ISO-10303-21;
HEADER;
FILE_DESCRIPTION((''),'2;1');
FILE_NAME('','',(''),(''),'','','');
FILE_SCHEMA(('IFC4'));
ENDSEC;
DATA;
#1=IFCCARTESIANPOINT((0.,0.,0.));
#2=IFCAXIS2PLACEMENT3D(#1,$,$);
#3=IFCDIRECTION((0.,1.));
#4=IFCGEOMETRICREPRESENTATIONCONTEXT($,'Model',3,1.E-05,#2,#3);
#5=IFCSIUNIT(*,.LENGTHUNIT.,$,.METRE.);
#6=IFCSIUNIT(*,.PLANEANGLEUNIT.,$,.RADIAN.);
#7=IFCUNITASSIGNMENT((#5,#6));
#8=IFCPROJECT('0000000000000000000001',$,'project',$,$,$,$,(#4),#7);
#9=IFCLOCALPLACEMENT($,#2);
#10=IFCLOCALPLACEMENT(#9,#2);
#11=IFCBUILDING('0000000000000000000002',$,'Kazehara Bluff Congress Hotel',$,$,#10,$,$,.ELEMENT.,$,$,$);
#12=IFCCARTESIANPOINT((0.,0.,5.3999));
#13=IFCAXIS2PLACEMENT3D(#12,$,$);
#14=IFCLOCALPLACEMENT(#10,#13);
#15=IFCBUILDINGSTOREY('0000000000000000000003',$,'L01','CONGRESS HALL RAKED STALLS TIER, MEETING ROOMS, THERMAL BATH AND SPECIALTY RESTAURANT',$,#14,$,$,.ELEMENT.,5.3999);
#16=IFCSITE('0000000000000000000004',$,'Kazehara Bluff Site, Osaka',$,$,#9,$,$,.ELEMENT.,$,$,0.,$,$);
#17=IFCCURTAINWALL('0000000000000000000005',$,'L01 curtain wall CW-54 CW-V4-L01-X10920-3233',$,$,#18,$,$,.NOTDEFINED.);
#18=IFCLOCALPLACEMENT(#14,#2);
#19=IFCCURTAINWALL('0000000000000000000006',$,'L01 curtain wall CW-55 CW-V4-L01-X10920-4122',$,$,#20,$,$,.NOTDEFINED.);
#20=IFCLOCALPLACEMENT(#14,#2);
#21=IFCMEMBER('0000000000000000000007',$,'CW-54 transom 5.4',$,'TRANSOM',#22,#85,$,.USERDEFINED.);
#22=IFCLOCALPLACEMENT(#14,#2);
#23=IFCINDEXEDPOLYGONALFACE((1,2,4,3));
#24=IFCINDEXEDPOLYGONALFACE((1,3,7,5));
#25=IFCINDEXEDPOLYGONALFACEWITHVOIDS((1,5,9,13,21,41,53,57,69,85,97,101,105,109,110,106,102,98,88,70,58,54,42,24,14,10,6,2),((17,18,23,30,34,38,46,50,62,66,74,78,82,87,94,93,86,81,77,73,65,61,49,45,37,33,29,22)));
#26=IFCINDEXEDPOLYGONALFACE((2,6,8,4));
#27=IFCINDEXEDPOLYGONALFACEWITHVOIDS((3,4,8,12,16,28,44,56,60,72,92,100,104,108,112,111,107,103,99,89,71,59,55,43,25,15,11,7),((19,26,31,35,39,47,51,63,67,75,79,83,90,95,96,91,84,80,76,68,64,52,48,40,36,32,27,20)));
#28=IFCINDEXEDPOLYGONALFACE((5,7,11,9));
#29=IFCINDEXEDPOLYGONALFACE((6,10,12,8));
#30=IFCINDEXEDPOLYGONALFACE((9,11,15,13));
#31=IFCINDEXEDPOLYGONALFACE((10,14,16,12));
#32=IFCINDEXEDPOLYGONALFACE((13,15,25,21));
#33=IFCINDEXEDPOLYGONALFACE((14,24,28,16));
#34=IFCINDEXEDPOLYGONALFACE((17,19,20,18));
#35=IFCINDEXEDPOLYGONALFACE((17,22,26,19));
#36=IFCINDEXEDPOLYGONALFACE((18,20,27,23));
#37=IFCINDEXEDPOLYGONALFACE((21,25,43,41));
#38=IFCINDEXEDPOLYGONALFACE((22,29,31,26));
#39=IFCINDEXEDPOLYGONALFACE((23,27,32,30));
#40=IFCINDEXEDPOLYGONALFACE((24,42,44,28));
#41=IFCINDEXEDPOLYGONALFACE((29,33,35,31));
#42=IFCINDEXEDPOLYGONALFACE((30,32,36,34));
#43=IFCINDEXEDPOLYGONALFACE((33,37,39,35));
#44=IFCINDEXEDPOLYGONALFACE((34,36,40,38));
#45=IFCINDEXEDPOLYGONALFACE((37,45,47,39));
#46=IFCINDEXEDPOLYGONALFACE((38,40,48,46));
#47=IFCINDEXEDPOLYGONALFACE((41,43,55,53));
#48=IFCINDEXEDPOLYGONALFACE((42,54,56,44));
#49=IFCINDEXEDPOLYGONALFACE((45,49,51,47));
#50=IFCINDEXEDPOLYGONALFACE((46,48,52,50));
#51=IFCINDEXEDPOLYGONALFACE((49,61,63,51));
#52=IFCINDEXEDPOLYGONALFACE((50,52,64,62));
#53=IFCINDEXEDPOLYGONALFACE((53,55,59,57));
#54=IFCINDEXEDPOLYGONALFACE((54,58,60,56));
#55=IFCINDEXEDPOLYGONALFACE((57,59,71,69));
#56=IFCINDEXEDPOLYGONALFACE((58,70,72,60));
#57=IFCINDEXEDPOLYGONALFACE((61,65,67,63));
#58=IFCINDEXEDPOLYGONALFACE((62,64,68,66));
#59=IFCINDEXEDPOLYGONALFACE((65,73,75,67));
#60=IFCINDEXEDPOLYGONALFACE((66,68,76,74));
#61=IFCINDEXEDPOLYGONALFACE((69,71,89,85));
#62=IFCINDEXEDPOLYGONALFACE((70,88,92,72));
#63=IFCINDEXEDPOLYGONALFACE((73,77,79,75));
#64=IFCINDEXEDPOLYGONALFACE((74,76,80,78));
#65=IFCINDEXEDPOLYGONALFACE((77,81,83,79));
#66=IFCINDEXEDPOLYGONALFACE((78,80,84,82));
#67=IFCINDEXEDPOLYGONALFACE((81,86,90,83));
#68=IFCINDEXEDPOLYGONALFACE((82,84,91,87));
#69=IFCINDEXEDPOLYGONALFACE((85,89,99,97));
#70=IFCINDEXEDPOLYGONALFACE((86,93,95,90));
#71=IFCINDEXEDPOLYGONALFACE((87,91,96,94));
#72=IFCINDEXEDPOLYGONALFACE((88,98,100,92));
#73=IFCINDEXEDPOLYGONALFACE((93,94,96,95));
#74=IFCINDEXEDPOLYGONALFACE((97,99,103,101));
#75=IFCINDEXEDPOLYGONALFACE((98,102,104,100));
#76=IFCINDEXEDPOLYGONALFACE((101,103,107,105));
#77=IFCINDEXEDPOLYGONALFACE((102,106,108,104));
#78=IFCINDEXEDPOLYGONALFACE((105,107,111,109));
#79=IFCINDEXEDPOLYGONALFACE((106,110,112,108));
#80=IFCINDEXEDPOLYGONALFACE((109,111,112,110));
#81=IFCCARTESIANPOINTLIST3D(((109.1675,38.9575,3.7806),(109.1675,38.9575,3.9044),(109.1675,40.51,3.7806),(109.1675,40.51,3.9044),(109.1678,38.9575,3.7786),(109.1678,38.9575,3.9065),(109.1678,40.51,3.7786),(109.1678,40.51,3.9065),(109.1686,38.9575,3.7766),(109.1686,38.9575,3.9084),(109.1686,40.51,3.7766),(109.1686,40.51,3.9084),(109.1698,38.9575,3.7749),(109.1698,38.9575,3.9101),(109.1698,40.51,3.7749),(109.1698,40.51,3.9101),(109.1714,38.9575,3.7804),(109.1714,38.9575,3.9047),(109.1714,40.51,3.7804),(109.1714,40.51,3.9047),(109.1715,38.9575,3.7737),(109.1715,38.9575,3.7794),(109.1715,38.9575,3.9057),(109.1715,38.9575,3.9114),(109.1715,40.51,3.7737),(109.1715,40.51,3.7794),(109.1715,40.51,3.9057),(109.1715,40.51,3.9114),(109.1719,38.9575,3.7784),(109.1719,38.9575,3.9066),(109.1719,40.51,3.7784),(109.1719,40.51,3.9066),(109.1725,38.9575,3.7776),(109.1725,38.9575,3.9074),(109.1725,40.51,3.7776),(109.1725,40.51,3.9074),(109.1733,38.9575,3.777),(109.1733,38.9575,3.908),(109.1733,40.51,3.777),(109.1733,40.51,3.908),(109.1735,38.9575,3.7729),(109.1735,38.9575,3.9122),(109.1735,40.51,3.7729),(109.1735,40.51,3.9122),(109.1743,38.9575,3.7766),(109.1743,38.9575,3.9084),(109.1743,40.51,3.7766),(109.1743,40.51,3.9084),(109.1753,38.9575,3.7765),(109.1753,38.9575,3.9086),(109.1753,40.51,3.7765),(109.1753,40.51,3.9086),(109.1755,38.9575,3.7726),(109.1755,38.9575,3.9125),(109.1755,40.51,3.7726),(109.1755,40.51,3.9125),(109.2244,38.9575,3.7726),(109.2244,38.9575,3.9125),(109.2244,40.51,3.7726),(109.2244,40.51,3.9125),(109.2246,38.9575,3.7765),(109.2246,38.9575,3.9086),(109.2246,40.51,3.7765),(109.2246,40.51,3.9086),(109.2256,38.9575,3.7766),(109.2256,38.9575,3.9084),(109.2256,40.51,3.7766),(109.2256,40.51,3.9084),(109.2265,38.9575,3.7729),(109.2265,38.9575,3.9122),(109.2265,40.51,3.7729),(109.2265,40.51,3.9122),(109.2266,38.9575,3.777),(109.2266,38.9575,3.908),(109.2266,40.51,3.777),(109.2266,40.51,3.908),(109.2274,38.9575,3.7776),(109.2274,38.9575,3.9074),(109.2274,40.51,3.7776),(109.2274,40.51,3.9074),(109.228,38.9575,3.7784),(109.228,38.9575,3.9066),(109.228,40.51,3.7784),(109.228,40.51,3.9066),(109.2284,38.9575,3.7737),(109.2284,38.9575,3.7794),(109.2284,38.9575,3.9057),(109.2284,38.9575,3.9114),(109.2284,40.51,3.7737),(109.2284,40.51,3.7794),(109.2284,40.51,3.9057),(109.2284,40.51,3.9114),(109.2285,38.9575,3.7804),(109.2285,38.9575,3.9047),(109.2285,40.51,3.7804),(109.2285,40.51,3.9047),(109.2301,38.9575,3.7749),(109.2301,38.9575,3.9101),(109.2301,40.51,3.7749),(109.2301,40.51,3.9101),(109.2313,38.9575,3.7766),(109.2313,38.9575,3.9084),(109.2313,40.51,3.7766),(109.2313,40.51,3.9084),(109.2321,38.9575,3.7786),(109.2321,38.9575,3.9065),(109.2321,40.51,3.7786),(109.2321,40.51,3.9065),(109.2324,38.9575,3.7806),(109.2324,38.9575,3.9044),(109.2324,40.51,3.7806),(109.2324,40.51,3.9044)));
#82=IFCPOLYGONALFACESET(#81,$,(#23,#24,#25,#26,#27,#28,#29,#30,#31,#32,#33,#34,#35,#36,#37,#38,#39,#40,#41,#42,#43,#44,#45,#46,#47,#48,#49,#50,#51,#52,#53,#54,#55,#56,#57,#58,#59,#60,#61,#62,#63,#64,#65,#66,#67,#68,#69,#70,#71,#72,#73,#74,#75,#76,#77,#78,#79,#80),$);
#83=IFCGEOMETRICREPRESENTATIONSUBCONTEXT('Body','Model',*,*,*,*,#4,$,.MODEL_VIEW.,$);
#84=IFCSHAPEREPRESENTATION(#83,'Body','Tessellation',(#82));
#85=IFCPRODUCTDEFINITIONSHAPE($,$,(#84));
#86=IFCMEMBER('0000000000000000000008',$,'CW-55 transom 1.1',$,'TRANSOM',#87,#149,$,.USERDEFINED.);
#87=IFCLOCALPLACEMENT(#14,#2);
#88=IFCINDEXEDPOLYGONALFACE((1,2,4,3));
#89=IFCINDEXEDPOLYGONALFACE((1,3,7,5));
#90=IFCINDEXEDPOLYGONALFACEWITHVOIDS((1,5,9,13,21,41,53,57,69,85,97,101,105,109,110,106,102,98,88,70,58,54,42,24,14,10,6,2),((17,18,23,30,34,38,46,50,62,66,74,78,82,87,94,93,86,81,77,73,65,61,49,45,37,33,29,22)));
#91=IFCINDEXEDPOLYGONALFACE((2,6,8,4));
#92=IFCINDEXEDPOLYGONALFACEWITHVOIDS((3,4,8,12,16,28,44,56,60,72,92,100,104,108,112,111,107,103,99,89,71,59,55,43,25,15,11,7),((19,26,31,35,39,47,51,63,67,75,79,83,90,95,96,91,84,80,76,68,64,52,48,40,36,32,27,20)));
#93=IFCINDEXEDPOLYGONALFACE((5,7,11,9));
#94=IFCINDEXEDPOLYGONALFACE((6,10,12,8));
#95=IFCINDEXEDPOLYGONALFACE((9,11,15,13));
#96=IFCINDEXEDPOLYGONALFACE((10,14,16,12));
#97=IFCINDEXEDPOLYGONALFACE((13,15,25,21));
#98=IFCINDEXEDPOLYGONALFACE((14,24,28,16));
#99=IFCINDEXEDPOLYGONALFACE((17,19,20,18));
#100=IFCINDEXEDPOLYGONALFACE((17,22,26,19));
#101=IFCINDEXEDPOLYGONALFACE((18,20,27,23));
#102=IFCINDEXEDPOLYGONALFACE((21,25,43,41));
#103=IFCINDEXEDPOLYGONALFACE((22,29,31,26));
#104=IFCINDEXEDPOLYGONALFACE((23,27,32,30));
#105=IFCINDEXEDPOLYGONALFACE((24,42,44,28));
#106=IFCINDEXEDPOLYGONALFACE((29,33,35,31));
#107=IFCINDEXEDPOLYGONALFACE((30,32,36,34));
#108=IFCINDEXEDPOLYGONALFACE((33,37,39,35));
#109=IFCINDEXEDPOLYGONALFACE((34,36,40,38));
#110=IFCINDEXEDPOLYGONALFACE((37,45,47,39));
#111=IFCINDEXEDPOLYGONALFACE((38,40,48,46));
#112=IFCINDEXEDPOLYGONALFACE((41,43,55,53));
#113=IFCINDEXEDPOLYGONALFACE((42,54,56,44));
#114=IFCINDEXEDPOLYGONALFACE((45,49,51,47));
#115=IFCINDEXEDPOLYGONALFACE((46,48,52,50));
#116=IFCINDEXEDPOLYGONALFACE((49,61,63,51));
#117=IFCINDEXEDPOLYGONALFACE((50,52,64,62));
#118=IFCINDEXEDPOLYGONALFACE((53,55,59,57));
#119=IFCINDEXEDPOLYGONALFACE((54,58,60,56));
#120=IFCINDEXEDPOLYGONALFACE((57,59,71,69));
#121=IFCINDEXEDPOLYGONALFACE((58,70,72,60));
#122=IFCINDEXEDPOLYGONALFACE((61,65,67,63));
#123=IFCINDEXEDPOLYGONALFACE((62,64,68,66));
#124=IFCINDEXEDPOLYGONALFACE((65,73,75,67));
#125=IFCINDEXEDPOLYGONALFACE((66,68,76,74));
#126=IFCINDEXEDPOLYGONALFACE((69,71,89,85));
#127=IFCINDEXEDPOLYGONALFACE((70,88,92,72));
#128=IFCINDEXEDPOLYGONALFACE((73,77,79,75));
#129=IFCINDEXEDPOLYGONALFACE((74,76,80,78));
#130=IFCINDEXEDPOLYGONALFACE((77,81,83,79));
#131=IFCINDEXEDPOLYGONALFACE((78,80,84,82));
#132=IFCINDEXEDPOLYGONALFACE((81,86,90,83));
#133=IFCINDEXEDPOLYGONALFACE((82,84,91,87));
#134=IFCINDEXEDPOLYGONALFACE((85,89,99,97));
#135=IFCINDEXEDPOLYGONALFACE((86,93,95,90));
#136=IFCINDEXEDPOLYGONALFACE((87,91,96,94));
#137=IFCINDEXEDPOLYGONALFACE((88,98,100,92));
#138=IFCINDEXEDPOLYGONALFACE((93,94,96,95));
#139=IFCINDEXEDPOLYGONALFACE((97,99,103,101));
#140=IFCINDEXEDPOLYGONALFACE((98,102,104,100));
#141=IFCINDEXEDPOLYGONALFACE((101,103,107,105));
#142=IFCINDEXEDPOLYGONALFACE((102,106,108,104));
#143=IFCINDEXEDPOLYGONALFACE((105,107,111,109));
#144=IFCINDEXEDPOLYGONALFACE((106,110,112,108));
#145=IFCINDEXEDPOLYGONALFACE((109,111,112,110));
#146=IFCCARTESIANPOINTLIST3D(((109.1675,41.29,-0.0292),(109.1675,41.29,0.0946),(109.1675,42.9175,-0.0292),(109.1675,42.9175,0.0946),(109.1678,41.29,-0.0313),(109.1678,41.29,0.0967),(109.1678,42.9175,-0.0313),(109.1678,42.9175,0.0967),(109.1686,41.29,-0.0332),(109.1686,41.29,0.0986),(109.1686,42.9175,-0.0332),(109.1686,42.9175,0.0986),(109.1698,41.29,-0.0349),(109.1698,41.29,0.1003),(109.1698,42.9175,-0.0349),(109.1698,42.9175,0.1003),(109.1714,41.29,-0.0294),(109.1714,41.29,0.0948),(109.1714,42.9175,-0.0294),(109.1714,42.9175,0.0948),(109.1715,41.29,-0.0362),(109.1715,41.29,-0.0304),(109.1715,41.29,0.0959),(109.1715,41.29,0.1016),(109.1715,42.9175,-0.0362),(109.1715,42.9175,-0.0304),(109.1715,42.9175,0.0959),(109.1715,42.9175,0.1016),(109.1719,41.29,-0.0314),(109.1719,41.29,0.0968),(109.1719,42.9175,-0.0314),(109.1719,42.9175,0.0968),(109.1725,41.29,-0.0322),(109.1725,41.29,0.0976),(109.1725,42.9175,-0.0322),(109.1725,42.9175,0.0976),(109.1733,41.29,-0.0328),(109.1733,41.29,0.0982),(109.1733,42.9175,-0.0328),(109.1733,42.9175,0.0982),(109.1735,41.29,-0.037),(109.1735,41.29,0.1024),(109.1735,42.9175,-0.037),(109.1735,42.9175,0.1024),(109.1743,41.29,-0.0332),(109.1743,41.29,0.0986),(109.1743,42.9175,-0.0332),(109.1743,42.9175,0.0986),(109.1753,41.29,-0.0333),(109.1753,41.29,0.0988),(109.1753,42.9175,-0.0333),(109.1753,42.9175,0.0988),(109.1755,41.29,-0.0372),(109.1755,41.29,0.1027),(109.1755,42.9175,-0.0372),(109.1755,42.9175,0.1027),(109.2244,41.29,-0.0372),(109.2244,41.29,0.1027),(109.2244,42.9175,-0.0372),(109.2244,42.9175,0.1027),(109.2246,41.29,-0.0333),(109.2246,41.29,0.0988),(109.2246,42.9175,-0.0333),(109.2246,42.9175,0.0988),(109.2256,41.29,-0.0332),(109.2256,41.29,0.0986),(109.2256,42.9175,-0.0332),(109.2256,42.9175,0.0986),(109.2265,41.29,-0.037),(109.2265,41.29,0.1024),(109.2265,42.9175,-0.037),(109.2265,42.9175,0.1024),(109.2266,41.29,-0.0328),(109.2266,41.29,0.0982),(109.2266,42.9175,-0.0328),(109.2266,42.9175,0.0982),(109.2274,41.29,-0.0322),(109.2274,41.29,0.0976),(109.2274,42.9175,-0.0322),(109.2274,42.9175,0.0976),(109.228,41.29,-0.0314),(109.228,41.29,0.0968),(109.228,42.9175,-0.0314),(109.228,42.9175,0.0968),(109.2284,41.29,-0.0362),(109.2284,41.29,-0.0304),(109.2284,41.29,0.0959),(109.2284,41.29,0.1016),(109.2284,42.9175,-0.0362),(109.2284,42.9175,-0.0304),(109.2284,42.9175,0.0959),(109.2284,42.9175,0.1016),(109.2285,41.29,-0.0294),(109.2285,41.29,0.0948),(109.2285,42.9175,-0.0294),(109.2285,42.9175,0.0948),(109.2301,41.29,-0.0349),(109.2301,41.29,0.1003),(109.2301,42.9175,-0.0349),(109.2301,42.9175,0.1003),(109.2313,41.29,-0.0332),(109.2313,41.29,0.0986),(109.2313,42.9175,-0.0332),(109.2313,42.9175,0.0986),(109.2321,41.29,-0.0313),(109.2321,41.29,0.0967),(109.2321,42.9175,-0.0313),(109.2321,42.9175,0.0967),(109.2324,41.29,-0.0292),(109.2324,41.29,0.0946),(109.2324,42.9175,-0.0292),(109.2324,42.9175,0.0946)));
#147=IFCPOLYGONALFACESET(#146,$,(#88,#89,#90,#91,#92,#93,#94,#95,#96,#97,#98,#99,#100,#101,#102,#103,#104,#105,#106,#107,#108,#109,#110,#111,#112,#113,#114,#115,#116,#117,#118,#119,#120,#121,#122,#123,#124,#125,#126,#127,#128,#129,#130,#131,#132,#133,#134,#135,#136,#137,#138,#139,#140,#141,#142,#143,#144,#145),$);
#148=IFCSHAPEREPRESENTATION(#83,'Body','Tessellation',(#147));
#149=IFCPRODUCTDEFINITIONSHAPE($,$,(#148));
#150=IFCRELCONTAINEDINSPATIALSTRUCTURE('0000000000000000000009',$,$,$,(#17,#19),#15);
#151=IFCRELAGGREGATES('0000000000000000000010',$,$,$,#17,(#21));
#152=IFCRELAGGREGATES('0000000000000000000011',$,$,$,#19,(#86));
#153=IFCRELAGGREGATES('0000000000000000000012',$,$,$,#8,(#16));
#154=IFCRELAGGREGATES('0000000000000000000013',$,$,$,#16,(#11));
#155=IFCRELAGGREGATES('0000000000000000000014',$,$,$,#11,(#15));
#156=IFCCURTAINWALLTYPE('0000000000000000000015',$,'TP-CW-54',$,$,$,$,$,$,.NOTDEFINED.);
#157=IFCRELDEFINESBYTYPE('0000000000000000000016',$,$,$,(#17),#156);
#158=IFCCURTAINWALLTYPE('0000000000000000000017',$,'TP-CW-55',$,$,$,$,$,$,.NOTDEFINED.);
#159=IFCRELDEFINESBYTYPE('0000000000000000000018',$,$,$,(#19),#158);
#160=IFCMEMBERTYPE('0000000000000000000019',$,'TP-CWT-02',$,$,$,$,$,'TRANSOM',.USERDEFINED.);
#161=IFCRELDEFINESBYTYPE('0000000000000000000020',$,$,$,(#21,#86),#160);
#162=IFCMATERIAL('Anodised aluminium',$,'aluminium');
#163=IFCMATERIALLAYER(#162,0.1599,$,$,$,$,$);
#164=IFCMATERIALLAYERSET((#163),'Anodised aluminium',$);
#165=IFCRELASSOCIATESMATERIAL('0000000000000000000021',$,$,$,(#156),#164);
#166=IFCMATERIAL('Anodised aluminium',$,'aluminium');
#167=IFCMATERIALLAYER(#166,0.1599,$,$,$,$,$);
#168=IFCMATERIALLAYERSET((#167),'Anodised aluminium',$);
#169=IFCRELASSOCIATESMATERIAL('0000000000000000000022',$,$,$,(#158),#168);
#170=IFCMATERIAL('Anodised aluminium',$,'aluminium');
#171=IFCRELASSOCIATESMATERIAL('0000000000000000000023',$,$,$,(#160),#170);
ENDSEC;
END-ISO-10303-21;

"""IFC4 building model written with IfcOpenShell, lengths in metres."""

from ifc_helpers import new_model, si_unit, direction, frame, origin, origin_2d, place, context, subcontext, project, spatial, hollow_rectangle, extrude, material, layer, layer_set, material_profile, profile_set, type_object, element, aggregate, save


model = new_model("IFC4")

# Units and contexts
model_context = context("Model", 3, precision=1e-05, world=origin(), true_north=direction((0.0, 1.0)))
body_context = subcontext(model_context, "Body", "Model", "MODEL_VIEW")
ifc_project = project(units=[si_unit("LENGTHUNIT", "METRE"), si_unit("PLANEANGLEUNIT", "RADIAN")], contexts=[model_context])

# Site, building, storey
site_placement = place(None, origin())
site = spatial("IfcSite", under=ifc_project, at=site_placement, Name="Kazehara Bluff Site, Osaka", CompositionType="ELEMENT", RefElevation=0.0)
building_placement = place(site_placement, origin())
building = spatial("IfcBuilding", under=site, at=building_placement, Name="Kazehara Bluff Congress Hotel", CompositionType="ELEMENT")
storey_placement = place(building_placement, frame((0.0, 0.0, 5.3999)))
storey = spatial("IfcBuildingStorey", under=building, at=storey_placement, Name="L01", Description="CONGRESS HALL RAKED STALLS TIER, MEETING ROOMS, THERMAL BATH AND SPECIALTY RESTAURANT", CompositionType="ELEMENT", Elevation=5.3999)

# Curtain walls
ifc_material_1 = material(Name="Anodised aluminium", Category="aluminium")
ifc_layer_1 = layer(ifc_material_1, 0.1599)
ifc_layer_set_1 = layer_set([ifc_layer_1], Name="Anodised aluminium")
curtain_wall_type_1 = type_object("IfcCurtainWallType", Name="TP-CW-54", PredefinedType="NOTDEFINED", material=ifc_layer_set_1)
curtain_wall_1_placement = place(storey_placement, origin())
curtain_wall_1 = element("IfcCurtainWall", 1, at=curtain_wall_1_placement, inside=storey, type_object=curtain_wall_type_1, Name="L01 curtain wall CW-54 CW-V4-L01-X10920-3233", PredefinedType="NOTDEFINED")
ifc_material_2 = material(Name="Anodised aluminium", Category="aluminium")
ifc_layer_2 = layer(ifc_material_2, 0.1599)
ifc_layer_set_2 = layer_set([ifc_layer_2], Name="Anodised aluminium")
curtain_wall_type_2 = type_object("IfcCurtainWallType", Name="TP-CW-55", PredefinedType="NOTDEFINED", material=ifc_layer_set_2)
curtain_wall_2_placement = place(storey_placement, origin())
curtain_wall_2 = element("IfcCurtainWall", 2, at=curtain_wall_2_placement, inside=storey, type_object=curtain_wall_type_2, Name="L01 curtain wall CW-55 CW-V4-L01-X10920-4122", PredefinedType="NOTDEFINED")

# Members
ifc_material_3 = material(Name="Anodised aluminium", Category="aluminium")
ifc_material_profile_1 = material_profile(ifc_material_3, hollow_rectangle(XDim=0.0649, YDim=0.1399, WallThickness=0.0039, InnerFilletRadius=0.0039, OuterFilletRadius=0.0081, at=origin_2d()))
ifc_profile_set_1 = profile_set([ifc_material_profile_1], Name="Anodised aluminium")
member_type_1 = type_object("IfcMemberType", Name="TP-CWT-02", ElementType="TRANSOM", PredefinedType="USERDEFINED", material=ifc_profile_set_1)
member_1_placement = place(storey_placement, frame((109.2, 38.9575, 3.8425), z_axis=(0.0, 1.0, 0.0), x_axis=(-1.0, 0.0, 0.0)))
member_1 = element("IfcMember", 3, at=member_1_placement, type_object=member_type_1, Name="CW-54 transom 5.4", ObjectType="TRANSOM", PredefinedType="USERDEFINED", context=body_context, shape_type="SweptSolid", body=[
    extrude(hollow_rectangle(XDim=0.0649, YDim=0.1399, WallThickness=0.0039, InnerFilletRadius=0.0039, OuterFilletRadius=0.0081, at=origin_2d()), origin(), (0.0, 0.0, 1.0), 1.5525),
])
member_2_placement = place(storey_placement, frame((109.2, 41.29, 0.0327), z_axis=(0.0, 1.0, 0.0), x_axis=(-1.0, 0.0, 0.0)))
member_2 = element("IfcMember", 4, at=member_2_placement, type_object=member_type_1, Name="CW-55 transom 1.1", ObjectType="TRANSOM", PredefinedType="USERDEFINED", context=body_context, shape_type="SweptSolid", body=[
    extrude(hollow_rectangle(XDim=0.0649, YDim=0.1399, WallThickness=0.0039, InnerFilletRadius=0.0039, OuterFilletRadius=0.0081, at=origin_2d()), origin(), (0.0, 0.0, 1.0), 1.6274),
])

aggregate(curtain_wall_1, [member_1])
aggregate(curtain_wall_2, [member_2])

save(model, "model.ifc")
